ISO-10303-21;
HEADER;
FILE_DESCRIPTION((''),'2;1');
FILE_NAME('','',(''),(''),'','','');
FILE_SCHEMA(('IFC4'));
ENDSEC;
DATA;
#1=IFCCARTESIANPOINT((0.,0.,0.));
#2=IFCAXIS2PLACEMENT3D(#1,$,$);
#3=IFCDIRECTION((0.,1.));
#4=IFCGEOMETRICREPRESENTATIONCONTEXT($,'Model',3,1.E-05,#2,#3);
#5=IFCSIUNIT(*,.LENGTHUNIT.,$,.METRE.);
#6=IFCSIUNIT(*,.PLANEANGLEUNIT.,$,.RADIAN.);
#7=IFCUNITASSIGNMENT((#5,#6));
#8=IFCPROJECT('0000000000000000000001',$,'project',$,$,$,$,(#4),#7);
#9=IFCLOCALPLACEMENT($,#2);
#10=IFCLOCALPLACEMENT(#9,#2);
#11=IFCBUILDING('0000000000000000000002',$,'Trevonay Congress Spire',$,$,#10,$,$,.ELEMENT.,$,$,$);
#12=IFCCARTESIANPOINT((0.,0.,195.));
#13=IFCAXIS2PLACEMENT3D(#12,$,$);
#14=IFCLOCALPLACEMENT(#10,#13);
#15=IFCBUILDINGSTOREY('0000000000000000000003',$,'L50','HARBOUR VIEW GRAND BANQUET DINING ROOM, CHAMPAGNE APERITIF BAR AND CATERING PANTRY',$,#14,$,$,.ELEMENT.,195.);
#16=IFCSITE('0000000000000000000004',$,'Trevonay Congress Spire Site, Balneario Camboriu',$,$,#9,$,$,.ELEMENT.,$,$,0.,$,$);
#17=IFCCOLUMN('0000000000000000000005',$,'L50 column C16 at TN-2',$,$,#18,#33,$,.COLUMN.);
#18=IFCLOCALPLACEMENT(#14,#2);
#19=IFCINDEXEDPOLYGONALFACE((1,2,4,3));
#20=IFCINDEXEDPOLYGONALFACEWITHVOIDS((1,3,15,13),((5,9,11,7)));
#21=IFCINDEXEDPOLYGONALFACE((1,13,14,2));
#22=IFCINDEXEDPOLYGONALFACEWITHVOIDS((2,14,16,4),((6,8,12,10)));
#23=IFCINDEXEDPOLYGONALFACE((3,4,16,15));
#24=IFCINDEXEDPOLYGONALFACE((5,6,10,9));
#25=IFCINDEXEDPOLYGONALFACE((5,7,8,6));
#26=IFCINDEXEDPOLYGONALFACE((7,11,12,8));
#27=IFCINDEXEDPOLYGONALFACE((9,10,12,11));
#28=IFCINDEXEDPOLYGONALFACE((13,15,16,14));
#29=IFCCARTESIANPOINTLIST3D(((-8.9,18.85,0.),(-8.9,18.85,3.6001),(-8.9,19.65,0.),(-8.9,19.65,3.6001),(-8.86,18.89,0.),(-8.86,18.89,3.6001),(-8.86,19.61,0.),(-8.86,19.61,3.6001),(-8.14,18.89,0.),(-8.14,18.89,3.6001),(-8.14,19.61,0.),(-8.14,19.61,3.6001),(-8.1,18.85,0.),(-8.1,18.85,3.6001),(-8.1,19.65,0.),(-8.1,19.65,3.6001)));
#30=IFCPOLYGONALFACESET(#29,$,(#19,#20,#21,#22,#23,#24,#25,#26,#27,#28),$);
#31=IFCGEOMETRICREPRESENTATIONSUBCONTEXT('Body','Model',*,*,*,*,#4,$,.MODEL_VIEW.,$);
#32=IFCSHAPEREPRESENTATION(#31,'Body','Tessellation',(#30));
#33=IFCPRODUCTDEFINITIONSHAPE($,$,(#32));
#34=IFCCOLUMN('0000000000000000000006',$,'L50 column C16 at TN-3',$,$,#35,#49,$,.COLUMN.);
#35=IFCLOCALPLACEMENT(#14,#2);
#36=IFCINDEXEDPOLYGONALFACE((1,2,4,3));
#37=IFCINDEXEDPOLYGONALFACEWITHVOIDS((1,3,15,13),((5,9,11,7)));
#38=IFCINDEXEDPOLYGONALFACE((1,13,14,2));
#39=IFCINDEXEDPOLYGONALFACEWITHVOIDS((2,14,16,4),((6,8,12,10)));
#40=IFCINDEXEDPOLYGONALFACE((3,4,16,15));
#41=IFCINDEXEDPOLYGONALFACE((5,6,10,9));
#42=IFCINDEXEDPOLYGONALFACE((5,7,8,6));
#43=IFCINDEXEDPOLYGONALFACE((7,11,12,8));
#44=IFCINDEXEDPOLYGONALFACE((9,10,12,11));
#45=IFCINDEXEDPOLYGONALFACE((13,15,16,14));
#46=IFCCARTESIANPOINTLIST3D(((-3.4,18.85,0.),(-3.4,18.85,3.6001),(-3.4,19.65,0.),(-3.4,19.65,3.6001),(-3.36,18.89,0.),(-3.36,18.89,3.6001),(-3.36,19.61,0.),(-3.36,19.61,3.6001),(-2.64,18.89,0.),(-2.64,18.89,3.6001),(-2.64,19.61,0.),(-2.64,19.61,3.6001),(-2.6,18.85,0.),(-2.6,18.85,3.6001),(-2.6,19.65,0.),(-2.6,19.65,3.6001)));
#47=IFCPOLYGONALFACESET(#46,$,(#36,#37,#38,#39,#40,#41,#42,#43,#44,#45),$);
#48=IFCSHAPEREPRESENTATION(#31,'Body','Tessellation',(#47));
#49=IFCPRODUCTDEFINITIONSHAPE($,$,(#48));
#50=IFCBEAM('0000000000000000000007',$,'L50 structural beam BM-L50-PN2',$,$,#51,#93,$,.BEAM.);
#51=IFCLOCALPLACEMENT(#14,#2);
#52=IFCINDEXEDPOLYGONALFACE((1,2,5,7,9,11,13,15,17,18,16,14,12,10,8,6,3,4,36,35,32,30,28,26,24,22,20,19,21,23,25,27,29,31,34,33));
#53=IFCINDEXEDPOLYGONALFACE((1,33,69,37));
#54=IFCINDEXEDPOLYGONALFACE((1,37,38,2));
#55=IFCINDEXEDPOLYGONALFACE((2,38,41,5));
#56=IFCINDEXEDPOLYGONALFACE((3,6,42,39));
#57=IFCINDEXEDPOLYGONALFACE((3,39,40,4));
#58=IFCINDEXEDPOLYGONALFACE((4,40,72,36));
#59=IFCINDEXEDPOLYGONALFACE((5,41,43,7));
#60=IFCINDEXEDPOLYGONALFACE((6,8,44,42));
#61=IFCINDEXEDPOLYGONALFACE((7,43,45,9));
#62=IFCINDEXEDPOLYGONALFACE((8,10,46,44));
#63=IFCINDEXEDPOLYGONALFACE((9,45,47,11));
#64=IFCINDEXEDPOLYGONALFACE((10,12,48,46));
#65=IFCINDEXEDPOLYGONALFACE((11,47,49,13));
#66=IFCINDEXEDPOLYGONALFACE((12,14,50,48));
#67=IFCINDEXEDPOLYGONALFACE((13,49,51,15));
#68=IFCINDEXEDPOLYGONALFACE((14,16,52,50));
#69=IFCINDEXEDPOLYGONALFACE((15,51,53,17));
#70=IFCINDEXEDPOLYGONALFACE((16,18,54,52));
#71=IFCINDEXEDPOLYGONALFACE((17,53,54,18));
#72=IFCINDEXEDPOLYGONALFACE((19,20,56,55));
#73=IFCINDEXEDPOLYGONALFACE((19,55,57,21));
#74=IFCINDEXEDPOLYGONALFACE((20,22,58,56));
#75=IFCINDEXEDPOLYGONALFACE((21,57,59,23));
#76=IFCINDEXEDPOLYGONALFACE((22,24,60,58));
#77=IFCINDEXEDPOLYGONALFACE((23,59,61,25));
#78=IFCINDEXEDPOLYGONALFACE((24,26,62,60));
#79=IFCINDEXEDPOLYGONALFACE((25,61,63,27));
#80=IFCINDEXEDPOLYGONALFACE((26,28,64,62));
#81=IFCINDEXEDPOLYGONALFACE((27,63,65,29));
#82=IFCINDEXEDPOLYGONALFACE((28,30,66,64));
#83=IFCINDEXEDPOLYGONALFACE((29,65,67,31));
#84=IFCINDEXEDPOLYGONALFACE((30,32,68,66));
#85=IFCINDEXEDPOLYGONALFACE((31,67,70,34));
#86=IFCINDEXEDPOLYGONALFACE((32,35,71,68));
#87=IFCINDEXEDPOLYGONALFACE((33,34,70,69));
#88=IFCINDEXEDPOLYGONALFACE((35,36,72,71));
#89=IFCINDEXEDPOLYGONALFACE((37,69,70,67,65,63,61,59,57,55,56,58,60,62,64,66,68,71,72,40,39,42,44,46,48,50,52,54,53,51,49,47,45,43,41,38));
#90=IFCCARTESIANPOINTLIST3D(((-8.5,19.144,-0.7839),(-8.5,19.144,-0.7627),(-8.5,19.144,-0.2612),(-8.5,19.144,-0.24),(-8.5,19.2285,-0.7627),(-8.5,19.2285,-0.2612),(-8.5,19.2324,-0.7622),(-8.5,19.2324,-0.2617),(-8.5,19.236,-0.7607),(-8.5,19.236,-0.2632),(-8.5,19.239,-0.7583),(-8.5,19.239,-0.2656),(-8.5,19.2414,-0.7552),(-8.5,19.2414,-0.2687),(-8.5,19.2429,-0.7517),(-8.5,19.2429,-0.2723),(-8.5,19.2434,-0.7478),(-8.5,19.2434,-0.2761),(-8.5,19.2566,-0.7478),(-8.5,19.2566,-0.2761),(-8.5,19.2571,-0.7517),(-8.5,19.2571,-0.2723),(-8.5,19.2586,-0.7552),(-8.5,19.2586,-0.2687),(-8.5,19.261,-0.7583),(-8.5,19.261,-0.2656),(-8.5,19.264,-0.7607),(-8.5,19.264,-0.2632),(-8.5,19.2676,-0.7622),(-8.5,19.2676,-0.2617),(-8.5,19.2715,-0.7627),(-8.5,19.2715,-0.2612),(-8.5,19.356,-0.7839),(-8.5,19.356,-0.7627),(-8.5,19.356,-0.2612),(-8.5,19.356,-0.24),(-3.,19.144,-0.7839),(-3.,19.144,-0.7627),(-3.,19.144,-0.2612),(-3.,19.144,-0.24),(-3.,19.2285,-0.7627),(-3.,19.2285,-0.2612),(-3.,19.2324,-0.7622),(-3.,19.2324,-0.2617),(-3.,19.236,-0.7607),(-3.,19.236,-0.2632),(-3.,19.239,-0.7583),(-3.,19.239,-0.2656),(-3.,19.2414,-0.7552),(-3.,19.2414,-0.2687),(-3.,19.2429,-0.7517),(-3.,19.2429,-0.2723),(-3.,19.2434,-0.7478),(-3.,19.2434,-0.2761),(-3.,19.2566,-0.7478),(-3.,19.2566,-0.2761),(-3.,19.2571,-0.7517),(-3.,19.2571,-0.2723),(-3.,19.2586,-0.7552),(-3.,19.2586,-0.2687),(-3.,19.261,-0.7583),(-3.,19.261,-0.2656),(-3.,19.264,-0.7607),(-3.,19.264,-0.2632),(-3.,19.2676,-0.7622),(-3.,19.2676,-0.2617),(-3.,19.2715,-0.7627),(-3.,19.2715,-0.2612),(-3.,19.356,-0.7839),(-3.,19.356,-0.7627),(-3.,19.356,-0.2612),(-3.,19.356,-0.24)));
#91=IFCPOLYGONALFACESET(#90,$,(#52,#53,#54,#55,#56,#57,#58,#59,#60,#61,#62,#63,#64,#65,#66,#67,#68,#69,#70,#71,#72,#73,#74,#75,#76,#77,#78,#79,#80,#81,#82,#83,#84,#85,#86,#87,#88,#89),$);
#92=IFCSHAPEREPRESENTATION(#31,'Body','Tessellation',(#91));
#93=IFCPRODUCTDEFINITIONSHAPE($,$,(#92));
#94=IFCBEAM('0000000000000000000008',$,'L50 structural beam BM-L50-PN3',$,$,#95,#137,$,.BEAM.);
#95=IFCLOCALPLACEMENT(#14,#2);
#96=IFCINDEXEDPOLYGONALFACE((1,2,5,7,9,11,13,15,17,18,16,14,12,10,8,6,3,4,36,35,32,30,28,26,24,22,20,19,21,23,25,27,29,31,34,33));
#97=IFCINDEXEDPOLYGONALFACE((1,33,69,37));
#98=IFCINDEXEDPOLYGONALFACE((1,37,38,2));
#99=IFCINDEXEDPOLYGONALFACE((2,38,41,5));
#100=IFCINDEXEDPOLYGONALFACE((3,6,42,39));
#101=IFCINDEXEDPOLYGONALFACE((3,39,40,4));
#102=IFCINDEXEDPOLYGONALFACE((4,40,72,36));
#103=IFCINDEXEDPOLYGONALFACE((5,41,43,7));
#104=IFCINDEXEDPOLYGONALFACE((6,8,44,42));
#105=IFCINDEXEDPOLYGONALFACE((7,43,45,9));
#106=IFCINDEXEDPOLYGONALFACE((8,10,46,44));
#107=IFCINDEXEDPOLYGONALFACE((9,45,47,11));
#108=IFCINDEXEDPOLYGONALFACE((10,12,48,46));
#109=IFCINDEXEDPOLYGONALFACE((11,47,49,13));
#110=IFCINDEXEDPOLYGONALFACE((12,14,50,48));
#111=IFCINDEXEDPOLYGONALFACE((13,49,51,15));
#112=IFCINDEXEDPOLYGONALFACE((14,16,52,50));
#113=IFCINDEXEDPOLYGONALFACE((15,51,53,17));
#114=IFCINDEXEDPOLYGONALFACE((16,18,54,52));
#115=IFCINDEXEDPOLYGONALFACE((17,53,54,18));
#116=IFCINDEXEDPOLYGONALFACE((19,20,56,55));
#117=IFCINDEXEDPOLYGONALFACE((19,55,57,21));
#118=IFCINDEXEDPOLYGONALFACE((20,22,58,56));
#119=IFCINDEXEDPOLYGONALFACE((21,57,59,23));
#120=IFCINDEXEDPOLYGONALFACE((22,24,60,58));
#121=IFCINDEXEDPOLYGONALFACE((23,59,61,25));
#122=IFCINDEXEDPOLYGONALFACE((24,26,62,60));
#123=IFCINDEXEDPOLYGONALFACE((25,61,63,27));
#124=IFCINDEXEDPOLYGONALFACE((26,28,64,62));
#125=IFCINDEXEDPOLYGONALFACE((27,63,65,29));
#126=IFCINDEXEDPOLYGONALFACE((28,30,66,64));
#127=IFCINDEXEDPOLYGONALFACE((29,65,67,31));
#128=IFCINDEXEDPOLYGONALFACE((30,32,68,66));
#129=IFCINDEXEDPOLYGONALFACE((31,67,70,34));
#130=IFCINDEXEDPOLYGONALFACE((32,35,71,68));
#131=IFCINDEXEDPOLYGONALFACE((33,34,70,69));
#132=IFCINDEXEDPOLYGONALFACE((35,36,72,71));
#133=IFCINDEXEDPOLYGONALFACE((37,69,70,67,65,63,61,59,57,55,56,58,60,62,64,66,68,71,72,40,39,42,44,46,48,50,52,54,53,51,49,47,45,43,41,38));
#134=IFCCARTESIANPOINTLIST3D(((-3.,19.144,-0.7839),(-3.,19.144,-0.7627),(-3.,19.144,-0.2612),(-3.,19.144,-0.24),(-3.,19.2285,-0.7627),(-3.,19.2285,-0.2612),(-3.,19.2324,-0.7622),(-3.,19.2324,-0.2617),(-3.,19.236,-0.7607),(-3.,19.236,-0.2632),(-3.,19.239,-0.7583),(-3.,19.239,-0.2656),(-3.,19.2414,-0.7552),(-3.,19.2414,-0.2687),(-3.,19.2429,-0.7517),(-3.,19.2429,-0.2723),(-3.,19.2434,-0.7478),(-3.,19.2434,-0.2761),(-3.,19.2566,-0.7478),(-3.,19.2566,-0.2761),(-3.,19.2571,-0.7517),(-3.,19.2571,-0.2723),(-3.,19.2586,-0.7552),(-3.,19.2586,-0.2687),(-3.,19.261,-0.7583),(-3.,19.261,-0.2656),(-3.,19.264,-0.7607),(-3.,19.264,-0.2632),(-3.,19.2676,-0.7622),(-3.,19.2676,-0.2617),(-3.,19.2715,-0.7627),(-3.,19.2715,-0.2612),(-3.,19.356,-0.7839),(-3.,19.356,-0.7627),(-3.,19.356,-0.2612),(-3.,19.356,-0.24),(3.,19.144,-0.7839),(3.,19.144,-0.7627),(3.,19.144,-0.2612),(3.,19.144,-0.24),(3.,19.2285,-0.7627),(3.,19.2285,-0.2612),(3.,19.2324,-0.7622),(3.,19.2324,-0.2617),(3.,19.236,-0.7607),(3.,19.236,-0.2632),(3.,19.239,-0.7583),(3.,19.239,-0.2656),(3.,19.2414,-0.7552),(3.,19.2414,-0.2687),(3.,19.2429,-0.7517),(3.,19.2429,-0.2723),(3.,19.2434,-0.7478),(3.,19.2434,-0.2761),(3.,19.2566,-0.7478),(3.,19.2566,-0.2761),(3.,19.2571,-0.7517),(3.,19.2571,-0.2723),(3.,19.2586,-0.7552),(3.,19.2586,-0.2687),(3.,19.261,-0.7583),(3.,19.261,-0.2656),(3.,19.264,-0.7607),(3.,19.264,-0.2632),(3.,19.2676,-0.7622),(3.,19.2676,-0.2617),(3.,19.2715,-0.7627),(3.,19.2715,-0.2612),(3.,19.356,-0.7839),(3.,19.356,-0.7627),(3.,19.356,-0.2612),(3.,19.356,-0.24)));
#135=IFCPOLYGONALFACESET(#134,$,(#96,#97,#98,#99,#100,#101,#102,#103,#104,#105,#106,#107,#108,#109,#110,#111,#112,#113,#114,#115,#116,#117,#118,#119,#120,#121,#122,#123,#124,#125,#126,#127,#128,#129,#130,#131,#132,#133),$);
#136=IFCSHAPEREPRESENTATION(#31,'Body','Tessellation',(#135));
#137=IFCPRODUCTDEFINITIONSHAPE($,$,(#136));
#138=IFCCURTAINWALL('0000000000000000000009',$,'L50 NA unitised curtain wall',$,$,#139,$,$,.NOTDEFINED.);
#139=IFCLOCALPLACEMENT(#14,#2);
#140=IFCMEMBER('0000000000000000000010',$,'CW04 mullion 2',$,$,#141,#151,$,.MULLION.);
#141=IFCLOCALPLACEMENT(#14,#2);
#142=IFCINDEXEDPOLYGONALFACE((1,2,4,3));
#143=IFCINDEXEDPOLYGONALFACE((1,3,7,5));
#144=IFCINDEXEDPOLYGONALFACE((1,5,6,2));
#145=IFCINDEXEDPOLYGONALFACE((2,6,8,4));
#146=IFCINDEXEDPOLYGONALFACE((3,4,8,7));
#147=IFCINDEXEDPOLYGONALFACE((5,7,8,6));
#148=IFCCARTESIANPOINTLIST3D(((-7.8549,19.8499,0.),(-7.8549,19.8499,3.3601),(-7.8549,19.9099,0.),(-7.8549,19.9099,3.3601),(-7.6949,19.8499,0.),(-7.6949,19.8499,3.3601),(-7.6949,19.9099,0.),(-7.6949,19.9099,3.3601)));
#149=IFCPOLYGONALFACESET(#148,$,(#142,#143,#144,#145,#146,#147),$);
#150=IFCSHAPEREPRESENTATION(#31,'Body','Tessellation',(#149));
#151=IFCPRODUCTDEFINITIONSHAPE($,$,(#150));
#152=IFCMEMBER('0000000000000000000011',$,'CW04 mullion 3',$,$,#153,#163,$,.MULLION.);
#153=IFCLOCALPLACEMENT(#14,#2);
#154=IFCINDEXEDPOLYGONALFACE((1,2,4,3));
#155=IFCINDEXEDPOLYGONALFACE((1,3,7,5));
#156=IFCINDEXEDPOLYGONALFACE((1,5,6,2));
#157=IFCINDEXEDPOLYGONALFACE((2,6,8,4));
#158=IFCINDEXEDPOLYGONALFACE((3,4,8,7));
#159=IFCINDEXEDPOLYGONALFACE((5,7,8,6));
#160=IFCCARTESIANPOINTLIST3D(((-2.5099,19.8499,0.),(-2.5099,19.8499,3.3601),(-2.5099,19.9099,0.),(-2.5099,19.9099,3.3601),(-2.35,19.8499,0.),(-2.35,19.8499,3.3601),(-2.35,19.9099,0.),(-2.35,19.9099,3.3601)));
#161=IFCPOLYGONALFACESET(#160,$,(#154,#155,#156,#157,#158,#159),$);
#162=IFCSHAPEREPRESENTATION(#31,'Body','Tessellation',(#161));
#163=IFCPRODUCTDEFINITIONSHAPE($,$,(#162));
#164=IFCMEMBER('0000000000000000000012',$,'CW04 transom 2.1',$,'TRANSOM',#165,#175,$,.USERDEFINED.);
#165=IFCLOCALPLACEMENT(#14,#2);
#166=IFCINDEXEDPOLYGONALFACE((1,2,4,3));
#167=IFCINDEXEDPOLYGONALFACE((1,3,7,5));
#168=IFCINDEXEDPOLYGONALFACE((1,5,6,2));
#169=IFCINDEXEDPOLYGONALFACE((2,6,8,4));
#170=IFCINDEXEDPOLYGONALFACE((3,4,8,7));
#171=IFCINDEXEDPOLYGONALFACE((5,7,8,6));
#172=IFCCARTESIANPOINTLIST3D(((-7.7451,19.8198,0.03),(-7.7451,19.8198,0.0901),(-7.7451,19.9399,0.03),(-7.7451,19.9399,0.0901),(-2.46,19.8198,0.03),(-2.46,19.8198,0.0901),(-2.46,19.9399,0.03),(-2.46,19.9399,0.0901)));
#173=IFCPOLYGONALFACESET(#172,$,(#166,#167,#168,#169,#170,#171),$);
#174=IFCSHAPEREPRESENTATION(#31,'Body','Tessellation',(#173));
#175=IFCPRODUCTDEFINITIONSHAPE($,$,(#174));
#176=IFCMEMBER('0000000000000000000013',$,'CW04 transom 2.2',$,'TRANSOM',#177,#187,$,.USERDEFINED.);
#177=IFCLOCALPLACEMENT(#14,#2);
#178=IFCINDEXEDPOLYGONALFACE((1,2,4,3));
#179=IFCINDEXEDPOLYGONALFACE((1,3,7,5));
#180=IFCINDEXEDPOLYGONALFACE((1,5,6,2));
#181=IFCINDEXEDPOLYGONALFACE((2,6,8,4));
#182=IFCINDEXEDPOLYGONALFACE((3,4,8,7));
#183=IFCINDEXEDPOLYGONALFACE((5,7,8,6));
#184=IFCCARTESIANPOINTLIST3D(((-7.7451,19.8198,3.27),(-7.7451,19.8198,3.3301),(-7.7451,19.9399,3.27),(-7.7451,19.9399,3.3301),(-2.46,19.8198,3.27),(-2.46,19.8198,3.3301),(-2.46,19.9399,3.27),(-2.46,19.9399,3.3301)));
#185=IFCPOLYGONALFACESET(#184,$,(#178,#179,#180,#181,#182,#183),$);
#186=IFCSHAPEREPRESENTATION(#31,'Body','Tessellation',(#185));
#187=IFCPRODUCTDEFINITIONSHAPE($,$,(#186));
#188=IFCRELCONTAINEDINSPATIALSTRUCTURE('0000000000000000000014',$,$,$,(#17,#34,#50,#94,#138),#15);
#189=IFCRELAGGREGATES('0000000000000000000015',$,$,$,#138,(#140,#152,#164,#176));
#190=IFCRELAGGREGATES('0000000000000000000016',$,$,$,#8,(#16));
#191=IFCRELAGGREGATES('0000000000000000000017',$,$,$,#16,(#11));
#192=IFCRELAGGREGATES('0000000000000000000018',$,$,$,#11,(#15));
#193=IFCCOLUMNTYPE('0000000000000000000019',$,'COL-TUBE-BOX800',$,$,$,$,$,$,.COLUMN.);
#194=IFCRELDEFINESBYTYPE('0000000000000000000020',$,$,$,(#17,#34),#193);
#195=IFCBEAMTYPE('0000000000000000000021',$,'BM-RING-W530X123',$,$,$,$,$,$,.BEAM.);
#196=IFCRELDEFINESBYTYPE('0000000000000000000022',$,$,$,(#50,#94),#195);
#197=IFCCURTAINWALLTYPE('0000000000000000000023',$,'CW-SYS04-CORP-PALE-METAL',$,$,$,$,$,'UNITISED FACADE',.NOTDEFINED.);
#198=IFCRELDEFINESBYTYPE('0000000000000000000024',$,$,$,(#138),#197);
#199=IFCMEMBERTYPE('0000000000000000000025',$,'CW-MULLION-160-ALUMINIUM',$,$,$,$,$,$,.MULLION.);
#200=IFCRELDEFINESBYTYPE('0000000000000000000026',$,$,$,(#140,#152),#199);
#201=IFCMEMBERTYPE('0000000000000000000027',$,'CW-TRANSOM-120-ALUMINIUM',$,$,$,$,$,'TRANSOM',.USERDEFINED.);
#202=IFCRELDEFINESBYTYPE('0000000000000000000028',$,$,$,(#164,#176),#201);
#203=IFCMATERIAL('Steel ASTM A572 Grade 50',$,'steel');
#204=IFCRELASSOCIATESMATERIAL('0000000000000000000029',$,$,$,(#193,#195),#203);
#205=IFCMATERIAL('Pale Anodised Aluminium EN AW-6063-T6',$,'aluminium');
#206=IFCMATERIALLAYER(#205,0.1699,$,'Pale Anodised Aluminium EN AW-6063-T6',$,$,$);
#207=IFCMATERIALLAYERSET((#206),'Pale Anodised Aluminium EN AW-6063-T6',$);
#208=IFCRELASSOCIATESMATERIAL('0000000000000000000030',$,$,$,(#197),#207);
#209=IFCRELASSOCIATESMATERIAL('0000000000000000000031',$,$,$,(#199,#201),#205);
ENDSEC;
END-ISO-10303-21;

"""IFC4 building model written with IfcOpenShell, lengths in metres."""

from ifc_helpers import new_model, si_unit, direction, frame, origin, origin_2d, place, context, subcontext, project, spatial, rectangle, hollow_rectangle, i_section, extrude, material, layer, layer_set, material_profile, profile_set, type_object, element, aggregate, save


model = new_model("IFC4")

# Units and contexts
model_context = context("Model", 3, precision=1e-05, world=origin(), true_north=direction((0.0, 1.0)))
body_context = subcontext(model_context, "Body", "Model", "MODEL_VIEW")
ifc_project = project(units=[si_unit("LENGTHUNIT", "METRE"), si_unit("PLANEANGLEUNIT", "RADIAN")], contexts=[model_context])

# Site, building, storey
site_placement = place(None, origin())
site = spatial("IfcSite", under=ifc_project, at=site_placement, Name="Trevonay Congress Spire Site, Balneario Camboriu", CompositionType="ELEMENT", RefElevation=0.0)
building_placement = place(site_placement, origin())
building = spatial("IfcBuilding", under=site, at=building_placement, Name="Trevonay Congress Spire", CompositionType="ELEMENT")
storey_placement = place(building_placement, frame((0.0, 0.0, 195.0)))
storey = spatial("IfcBuildingStorey", under=building, at=storey_placement, Name="L50", Description="HARBOUR VIEW GRAND BANQUET DINING ROOM, CHAMPAGNE APERITIF BAR AND CATERING PANTRY", CompositionType="ELEMENT", Elevation=195.0)

# Columns
ifc_material_1 = material(Name="Steel ASTM A572 Grade 50", Category="steel")
ifc_material_profile_1 = material_profile(ifc_material_1, hollow_rectangle(XDim=0.8, YDim=0.8, WallThickness=0.04, at=origin_2d()), Name="BOX 800x800x40")
ifc_profile_set_1 = profile_set([ifc_material_profile_1], Name="Steel ASTM A572 Grade 50")
column_type = type_object("IfcColumnType", Name="COL-TUBE-BOX800", PredefinedType="COLUMN", material=ifc_profile_set_1)
for number, where, z_axis, x_axis, name in (
    (1, (-8.5, 19.25, 0.0), (0.0, 0.0, 1.0), (1.0, 0.0, 0.0), "L50 column C16 at TN-2"),
    (2, (-3.0, 19.25, 0.0), (0.0, 0.0, 1.0), (1.0, 0.0, 0.0), "L50 column C16 at TN-3"),
):
    element("IfcColumn", number, at=place(storey_placement, frame(where, z_axis=z_axis, x_axis=x_axis)), inside=storey, type_object=column_type, Name=name, PredefinedType="COLUMN", context=body_context, shape_type="SweptSolid", body=[
        extrude(hollow_rectangle(XDim=0.8, YDim=0.8, WallThickness=0.04, at=origin_2d()), origin(), (0.0, 0.0, 1.0), 3.6001),
    ])

# Beams
ifc_material_profile_2 = material_profile(ifc_material_1, i_section(OverallWidth=0.2119, OverallDepth=0.5439, WebThickness=0.0132, FlangeThickness=0.0212, FilletRadius=0.0149, at=origin_2d()), Name="W530x123")
ifc_profile_set_2 = profile_set([ifc_material_profile_2], Name="Steel ASTM A572 Grade 50")
beam_type = type_object("IfcBeamType", Name="BM-RING-W530X123", PredefinedType="BEAM", material=ifc_profile_set_2)
beam_1_placement = place(storey_placement, frame((-8.5, 19.25, -0.512), z_axis=(1.0, 0.0, 0.0), x_axis=(0.0, 1.0, 0.0)))
element("IfcBeam", 3, at=beam_1_placement, inside=storey, type_object=beam_type, Name="L50 structural beam BM-L50-PN2", PredefinedType="BEAM", context=body_context, shape_type="SweptSolid", body=[
    extrude(i_section(OverallWidth=0.2119, OverallDepth=0.5439, WebThickness=0.0132, FlangeThickness=0.0212, FilletRadius=0.0149, at=origin_2d()), origin(), (0.0, 0.0, 1.0), 5.5),
])
beam_2_placement = place(storey_placement, frame((-3.0, 19.25, -0.512), z_axis=(1.0, 0.0, 0.0), x_axis=(0.0, 1.0, 0.0)))
element("IfcBeam", 4, at=beam_2_placement, inside=storey, type_object=beam_type, Name="L50 structural beam BM-L50-PN3", PredefinedType="BEAM", context=body_context, shape_type="SweptSolid", body=[
    extrude(i_section(OverallWidth=0.2119, OverallDepth=0.5439, WebThickness=0.0132, FlangeThickness=0.0212, FilletRadius=0.0149, at=origin_2d()), origin(), (0.0, 0.0, 1.0), 6.0),
])

# Curtain wall, members
ifc_material_2 = material(Name="Pale Anodised Aluminium EN AW-6063-T6", Category="aluminium")
ifc_layer_1 = layer(ifc_material_2, 0.1699, Name="Pale Anodised Aluminium EN AW-6063-T6")
ifc_layer_set_1 = layer_set([ifc_layer_1], Name="Pale Anodised Aluminium EN AW-6063-T6")
curtain_wall_type = type_object("IfcCurtainWallType", Name="CW-SYS04-CORP-PALE-METAL", ElementType="UNITISED FACADE", PredefinedType="NOTDEFINED", material=ifc_layer_set_1)
curtain_wall_placement = place(storey_placement, origin())
curtain_wall = element("IfcCurtainWall", 5, at=curtain_wall_placement, inside=storey, type_object=curtain_wall_type, Name="L50 NA unitised curtain wall", PredefinedType="NOTDEFINED")
ifc_material_profile_3 = material_profile(ifc_material_2, rectangle(XDim=0.0601, YDim=0.1599, at=origin_2d()), Name="CW-MULLION-160-ALUMINIUM")
ifc_profile_set_3 = profile_set([ifc_material_profile_3], Name="Pale Anodised Aluminium EN AW-6063-T6")
member_type_1 = type_object("IfcMemberType", Name="CW-MULLION-160-ALUMINIUM", PredefinedType="MULLION", material=ifc_profile_set_3)
member_1_placement = place(storey_placement, frame((-7.7749, 19.8799, 0.0), z_axis=(0.0, 0.0, 1.0), x_axis=(0.0, 1.0, 0.0)))
member_1 = element("IfcMember", 6, at=member_1_placement, type_object=member_type_1, Name="CW04 mullion 2", PredefinedType="MULLION", context=body_context, shape_type="SweptSolid", body=[
    extrude(rectangle(XDim=0.0601, YDim=0.1599, at=origin_2d()), origin(), (0.0, 0.0, 1.0), 3.3601),
])
member_2_placement = place(storey_placement, frame((-2.4299, 19.8799, 0.0), z_axis=(0.0, 0.0, 1.0), x_axis=(0.0, 1.0, 0.0)))
member_2 = element("IfcMember", 7, at=member_2_placement, type_object=member_type_1, Name="CW04 mullion 3", PredefinedType="MULLION", context=body_context, shape_type="SweptSolid", body=[
    extrude(rectangle(XDim=0.0601, YDim=0.1599, at=origin_2d()), origin(), (0.0, 0.0, 1.0), 3.3601),
])
ifc_material_profile_4 = material_profile(ifc_material_2, rectangle(XDim=0.1201, YDim=0.0601, at=origin_2d()), Name="CW-TRANSOM-120-ALUMINIUM")
ifc_profile_set_4 = profile_set([ifc_material_profile_4], Name="Pale Anodised Aluminium EN AW-6063-T6")
member_type_2 = type_object("IfcMemberType", Name="CW-TRANSOM-120-ALUMINIUM", ElementType="TRANSOM", PredefinedType="USERDEFINED", material=ifc_profile_set_4)
member_3_placement = place(storey_placement, frame((-7.7451, 19.8799, 0.0601), z_axis=(1.0, 0.0, 0.0), x_axis=(0.0, 1.0, 0.0)))
member_3 = element("IfcMember", 8, at=member_3_placement, type_object=member_type_2, Name="CW04 transom 2.1", ObjectType="TRANSOM", PredefinedType="USERDEFINED", context=body_context, shape_type="SweptSolid", body=[
    extrude(rectangle(XDim=0.1201, YDim=0.0601, at=origin_2d()), origin(), (0.0, 0.0, 1.0), 5.2852),
])
member_4_placement = place(storey_placement, frame((-7.7451, 19.8799, 3.3), z_axis=(1.0, 0.0, 0.0), x_axis=(0.0, 1.0, 0.0)))
member_4 = element("IfcMember", 9, at=member_4_placement, type_object=member_type_2, Name="CW04 transom 2.2", ObjectType="TRANSOM", PredefinedType="USERDEFINED", context=body_context, shape_type="SweptSolid", body=[
    extrude(rectangle(XDim=0.1201, YDim=0.0601, at=origin_2d()), origin(), (0.0, 0.0, 1.0), 5.2852),
])
aggregate(curtain_wall, [member_1, member_2, member_3, member_4])

save(model, "model.ifc")
